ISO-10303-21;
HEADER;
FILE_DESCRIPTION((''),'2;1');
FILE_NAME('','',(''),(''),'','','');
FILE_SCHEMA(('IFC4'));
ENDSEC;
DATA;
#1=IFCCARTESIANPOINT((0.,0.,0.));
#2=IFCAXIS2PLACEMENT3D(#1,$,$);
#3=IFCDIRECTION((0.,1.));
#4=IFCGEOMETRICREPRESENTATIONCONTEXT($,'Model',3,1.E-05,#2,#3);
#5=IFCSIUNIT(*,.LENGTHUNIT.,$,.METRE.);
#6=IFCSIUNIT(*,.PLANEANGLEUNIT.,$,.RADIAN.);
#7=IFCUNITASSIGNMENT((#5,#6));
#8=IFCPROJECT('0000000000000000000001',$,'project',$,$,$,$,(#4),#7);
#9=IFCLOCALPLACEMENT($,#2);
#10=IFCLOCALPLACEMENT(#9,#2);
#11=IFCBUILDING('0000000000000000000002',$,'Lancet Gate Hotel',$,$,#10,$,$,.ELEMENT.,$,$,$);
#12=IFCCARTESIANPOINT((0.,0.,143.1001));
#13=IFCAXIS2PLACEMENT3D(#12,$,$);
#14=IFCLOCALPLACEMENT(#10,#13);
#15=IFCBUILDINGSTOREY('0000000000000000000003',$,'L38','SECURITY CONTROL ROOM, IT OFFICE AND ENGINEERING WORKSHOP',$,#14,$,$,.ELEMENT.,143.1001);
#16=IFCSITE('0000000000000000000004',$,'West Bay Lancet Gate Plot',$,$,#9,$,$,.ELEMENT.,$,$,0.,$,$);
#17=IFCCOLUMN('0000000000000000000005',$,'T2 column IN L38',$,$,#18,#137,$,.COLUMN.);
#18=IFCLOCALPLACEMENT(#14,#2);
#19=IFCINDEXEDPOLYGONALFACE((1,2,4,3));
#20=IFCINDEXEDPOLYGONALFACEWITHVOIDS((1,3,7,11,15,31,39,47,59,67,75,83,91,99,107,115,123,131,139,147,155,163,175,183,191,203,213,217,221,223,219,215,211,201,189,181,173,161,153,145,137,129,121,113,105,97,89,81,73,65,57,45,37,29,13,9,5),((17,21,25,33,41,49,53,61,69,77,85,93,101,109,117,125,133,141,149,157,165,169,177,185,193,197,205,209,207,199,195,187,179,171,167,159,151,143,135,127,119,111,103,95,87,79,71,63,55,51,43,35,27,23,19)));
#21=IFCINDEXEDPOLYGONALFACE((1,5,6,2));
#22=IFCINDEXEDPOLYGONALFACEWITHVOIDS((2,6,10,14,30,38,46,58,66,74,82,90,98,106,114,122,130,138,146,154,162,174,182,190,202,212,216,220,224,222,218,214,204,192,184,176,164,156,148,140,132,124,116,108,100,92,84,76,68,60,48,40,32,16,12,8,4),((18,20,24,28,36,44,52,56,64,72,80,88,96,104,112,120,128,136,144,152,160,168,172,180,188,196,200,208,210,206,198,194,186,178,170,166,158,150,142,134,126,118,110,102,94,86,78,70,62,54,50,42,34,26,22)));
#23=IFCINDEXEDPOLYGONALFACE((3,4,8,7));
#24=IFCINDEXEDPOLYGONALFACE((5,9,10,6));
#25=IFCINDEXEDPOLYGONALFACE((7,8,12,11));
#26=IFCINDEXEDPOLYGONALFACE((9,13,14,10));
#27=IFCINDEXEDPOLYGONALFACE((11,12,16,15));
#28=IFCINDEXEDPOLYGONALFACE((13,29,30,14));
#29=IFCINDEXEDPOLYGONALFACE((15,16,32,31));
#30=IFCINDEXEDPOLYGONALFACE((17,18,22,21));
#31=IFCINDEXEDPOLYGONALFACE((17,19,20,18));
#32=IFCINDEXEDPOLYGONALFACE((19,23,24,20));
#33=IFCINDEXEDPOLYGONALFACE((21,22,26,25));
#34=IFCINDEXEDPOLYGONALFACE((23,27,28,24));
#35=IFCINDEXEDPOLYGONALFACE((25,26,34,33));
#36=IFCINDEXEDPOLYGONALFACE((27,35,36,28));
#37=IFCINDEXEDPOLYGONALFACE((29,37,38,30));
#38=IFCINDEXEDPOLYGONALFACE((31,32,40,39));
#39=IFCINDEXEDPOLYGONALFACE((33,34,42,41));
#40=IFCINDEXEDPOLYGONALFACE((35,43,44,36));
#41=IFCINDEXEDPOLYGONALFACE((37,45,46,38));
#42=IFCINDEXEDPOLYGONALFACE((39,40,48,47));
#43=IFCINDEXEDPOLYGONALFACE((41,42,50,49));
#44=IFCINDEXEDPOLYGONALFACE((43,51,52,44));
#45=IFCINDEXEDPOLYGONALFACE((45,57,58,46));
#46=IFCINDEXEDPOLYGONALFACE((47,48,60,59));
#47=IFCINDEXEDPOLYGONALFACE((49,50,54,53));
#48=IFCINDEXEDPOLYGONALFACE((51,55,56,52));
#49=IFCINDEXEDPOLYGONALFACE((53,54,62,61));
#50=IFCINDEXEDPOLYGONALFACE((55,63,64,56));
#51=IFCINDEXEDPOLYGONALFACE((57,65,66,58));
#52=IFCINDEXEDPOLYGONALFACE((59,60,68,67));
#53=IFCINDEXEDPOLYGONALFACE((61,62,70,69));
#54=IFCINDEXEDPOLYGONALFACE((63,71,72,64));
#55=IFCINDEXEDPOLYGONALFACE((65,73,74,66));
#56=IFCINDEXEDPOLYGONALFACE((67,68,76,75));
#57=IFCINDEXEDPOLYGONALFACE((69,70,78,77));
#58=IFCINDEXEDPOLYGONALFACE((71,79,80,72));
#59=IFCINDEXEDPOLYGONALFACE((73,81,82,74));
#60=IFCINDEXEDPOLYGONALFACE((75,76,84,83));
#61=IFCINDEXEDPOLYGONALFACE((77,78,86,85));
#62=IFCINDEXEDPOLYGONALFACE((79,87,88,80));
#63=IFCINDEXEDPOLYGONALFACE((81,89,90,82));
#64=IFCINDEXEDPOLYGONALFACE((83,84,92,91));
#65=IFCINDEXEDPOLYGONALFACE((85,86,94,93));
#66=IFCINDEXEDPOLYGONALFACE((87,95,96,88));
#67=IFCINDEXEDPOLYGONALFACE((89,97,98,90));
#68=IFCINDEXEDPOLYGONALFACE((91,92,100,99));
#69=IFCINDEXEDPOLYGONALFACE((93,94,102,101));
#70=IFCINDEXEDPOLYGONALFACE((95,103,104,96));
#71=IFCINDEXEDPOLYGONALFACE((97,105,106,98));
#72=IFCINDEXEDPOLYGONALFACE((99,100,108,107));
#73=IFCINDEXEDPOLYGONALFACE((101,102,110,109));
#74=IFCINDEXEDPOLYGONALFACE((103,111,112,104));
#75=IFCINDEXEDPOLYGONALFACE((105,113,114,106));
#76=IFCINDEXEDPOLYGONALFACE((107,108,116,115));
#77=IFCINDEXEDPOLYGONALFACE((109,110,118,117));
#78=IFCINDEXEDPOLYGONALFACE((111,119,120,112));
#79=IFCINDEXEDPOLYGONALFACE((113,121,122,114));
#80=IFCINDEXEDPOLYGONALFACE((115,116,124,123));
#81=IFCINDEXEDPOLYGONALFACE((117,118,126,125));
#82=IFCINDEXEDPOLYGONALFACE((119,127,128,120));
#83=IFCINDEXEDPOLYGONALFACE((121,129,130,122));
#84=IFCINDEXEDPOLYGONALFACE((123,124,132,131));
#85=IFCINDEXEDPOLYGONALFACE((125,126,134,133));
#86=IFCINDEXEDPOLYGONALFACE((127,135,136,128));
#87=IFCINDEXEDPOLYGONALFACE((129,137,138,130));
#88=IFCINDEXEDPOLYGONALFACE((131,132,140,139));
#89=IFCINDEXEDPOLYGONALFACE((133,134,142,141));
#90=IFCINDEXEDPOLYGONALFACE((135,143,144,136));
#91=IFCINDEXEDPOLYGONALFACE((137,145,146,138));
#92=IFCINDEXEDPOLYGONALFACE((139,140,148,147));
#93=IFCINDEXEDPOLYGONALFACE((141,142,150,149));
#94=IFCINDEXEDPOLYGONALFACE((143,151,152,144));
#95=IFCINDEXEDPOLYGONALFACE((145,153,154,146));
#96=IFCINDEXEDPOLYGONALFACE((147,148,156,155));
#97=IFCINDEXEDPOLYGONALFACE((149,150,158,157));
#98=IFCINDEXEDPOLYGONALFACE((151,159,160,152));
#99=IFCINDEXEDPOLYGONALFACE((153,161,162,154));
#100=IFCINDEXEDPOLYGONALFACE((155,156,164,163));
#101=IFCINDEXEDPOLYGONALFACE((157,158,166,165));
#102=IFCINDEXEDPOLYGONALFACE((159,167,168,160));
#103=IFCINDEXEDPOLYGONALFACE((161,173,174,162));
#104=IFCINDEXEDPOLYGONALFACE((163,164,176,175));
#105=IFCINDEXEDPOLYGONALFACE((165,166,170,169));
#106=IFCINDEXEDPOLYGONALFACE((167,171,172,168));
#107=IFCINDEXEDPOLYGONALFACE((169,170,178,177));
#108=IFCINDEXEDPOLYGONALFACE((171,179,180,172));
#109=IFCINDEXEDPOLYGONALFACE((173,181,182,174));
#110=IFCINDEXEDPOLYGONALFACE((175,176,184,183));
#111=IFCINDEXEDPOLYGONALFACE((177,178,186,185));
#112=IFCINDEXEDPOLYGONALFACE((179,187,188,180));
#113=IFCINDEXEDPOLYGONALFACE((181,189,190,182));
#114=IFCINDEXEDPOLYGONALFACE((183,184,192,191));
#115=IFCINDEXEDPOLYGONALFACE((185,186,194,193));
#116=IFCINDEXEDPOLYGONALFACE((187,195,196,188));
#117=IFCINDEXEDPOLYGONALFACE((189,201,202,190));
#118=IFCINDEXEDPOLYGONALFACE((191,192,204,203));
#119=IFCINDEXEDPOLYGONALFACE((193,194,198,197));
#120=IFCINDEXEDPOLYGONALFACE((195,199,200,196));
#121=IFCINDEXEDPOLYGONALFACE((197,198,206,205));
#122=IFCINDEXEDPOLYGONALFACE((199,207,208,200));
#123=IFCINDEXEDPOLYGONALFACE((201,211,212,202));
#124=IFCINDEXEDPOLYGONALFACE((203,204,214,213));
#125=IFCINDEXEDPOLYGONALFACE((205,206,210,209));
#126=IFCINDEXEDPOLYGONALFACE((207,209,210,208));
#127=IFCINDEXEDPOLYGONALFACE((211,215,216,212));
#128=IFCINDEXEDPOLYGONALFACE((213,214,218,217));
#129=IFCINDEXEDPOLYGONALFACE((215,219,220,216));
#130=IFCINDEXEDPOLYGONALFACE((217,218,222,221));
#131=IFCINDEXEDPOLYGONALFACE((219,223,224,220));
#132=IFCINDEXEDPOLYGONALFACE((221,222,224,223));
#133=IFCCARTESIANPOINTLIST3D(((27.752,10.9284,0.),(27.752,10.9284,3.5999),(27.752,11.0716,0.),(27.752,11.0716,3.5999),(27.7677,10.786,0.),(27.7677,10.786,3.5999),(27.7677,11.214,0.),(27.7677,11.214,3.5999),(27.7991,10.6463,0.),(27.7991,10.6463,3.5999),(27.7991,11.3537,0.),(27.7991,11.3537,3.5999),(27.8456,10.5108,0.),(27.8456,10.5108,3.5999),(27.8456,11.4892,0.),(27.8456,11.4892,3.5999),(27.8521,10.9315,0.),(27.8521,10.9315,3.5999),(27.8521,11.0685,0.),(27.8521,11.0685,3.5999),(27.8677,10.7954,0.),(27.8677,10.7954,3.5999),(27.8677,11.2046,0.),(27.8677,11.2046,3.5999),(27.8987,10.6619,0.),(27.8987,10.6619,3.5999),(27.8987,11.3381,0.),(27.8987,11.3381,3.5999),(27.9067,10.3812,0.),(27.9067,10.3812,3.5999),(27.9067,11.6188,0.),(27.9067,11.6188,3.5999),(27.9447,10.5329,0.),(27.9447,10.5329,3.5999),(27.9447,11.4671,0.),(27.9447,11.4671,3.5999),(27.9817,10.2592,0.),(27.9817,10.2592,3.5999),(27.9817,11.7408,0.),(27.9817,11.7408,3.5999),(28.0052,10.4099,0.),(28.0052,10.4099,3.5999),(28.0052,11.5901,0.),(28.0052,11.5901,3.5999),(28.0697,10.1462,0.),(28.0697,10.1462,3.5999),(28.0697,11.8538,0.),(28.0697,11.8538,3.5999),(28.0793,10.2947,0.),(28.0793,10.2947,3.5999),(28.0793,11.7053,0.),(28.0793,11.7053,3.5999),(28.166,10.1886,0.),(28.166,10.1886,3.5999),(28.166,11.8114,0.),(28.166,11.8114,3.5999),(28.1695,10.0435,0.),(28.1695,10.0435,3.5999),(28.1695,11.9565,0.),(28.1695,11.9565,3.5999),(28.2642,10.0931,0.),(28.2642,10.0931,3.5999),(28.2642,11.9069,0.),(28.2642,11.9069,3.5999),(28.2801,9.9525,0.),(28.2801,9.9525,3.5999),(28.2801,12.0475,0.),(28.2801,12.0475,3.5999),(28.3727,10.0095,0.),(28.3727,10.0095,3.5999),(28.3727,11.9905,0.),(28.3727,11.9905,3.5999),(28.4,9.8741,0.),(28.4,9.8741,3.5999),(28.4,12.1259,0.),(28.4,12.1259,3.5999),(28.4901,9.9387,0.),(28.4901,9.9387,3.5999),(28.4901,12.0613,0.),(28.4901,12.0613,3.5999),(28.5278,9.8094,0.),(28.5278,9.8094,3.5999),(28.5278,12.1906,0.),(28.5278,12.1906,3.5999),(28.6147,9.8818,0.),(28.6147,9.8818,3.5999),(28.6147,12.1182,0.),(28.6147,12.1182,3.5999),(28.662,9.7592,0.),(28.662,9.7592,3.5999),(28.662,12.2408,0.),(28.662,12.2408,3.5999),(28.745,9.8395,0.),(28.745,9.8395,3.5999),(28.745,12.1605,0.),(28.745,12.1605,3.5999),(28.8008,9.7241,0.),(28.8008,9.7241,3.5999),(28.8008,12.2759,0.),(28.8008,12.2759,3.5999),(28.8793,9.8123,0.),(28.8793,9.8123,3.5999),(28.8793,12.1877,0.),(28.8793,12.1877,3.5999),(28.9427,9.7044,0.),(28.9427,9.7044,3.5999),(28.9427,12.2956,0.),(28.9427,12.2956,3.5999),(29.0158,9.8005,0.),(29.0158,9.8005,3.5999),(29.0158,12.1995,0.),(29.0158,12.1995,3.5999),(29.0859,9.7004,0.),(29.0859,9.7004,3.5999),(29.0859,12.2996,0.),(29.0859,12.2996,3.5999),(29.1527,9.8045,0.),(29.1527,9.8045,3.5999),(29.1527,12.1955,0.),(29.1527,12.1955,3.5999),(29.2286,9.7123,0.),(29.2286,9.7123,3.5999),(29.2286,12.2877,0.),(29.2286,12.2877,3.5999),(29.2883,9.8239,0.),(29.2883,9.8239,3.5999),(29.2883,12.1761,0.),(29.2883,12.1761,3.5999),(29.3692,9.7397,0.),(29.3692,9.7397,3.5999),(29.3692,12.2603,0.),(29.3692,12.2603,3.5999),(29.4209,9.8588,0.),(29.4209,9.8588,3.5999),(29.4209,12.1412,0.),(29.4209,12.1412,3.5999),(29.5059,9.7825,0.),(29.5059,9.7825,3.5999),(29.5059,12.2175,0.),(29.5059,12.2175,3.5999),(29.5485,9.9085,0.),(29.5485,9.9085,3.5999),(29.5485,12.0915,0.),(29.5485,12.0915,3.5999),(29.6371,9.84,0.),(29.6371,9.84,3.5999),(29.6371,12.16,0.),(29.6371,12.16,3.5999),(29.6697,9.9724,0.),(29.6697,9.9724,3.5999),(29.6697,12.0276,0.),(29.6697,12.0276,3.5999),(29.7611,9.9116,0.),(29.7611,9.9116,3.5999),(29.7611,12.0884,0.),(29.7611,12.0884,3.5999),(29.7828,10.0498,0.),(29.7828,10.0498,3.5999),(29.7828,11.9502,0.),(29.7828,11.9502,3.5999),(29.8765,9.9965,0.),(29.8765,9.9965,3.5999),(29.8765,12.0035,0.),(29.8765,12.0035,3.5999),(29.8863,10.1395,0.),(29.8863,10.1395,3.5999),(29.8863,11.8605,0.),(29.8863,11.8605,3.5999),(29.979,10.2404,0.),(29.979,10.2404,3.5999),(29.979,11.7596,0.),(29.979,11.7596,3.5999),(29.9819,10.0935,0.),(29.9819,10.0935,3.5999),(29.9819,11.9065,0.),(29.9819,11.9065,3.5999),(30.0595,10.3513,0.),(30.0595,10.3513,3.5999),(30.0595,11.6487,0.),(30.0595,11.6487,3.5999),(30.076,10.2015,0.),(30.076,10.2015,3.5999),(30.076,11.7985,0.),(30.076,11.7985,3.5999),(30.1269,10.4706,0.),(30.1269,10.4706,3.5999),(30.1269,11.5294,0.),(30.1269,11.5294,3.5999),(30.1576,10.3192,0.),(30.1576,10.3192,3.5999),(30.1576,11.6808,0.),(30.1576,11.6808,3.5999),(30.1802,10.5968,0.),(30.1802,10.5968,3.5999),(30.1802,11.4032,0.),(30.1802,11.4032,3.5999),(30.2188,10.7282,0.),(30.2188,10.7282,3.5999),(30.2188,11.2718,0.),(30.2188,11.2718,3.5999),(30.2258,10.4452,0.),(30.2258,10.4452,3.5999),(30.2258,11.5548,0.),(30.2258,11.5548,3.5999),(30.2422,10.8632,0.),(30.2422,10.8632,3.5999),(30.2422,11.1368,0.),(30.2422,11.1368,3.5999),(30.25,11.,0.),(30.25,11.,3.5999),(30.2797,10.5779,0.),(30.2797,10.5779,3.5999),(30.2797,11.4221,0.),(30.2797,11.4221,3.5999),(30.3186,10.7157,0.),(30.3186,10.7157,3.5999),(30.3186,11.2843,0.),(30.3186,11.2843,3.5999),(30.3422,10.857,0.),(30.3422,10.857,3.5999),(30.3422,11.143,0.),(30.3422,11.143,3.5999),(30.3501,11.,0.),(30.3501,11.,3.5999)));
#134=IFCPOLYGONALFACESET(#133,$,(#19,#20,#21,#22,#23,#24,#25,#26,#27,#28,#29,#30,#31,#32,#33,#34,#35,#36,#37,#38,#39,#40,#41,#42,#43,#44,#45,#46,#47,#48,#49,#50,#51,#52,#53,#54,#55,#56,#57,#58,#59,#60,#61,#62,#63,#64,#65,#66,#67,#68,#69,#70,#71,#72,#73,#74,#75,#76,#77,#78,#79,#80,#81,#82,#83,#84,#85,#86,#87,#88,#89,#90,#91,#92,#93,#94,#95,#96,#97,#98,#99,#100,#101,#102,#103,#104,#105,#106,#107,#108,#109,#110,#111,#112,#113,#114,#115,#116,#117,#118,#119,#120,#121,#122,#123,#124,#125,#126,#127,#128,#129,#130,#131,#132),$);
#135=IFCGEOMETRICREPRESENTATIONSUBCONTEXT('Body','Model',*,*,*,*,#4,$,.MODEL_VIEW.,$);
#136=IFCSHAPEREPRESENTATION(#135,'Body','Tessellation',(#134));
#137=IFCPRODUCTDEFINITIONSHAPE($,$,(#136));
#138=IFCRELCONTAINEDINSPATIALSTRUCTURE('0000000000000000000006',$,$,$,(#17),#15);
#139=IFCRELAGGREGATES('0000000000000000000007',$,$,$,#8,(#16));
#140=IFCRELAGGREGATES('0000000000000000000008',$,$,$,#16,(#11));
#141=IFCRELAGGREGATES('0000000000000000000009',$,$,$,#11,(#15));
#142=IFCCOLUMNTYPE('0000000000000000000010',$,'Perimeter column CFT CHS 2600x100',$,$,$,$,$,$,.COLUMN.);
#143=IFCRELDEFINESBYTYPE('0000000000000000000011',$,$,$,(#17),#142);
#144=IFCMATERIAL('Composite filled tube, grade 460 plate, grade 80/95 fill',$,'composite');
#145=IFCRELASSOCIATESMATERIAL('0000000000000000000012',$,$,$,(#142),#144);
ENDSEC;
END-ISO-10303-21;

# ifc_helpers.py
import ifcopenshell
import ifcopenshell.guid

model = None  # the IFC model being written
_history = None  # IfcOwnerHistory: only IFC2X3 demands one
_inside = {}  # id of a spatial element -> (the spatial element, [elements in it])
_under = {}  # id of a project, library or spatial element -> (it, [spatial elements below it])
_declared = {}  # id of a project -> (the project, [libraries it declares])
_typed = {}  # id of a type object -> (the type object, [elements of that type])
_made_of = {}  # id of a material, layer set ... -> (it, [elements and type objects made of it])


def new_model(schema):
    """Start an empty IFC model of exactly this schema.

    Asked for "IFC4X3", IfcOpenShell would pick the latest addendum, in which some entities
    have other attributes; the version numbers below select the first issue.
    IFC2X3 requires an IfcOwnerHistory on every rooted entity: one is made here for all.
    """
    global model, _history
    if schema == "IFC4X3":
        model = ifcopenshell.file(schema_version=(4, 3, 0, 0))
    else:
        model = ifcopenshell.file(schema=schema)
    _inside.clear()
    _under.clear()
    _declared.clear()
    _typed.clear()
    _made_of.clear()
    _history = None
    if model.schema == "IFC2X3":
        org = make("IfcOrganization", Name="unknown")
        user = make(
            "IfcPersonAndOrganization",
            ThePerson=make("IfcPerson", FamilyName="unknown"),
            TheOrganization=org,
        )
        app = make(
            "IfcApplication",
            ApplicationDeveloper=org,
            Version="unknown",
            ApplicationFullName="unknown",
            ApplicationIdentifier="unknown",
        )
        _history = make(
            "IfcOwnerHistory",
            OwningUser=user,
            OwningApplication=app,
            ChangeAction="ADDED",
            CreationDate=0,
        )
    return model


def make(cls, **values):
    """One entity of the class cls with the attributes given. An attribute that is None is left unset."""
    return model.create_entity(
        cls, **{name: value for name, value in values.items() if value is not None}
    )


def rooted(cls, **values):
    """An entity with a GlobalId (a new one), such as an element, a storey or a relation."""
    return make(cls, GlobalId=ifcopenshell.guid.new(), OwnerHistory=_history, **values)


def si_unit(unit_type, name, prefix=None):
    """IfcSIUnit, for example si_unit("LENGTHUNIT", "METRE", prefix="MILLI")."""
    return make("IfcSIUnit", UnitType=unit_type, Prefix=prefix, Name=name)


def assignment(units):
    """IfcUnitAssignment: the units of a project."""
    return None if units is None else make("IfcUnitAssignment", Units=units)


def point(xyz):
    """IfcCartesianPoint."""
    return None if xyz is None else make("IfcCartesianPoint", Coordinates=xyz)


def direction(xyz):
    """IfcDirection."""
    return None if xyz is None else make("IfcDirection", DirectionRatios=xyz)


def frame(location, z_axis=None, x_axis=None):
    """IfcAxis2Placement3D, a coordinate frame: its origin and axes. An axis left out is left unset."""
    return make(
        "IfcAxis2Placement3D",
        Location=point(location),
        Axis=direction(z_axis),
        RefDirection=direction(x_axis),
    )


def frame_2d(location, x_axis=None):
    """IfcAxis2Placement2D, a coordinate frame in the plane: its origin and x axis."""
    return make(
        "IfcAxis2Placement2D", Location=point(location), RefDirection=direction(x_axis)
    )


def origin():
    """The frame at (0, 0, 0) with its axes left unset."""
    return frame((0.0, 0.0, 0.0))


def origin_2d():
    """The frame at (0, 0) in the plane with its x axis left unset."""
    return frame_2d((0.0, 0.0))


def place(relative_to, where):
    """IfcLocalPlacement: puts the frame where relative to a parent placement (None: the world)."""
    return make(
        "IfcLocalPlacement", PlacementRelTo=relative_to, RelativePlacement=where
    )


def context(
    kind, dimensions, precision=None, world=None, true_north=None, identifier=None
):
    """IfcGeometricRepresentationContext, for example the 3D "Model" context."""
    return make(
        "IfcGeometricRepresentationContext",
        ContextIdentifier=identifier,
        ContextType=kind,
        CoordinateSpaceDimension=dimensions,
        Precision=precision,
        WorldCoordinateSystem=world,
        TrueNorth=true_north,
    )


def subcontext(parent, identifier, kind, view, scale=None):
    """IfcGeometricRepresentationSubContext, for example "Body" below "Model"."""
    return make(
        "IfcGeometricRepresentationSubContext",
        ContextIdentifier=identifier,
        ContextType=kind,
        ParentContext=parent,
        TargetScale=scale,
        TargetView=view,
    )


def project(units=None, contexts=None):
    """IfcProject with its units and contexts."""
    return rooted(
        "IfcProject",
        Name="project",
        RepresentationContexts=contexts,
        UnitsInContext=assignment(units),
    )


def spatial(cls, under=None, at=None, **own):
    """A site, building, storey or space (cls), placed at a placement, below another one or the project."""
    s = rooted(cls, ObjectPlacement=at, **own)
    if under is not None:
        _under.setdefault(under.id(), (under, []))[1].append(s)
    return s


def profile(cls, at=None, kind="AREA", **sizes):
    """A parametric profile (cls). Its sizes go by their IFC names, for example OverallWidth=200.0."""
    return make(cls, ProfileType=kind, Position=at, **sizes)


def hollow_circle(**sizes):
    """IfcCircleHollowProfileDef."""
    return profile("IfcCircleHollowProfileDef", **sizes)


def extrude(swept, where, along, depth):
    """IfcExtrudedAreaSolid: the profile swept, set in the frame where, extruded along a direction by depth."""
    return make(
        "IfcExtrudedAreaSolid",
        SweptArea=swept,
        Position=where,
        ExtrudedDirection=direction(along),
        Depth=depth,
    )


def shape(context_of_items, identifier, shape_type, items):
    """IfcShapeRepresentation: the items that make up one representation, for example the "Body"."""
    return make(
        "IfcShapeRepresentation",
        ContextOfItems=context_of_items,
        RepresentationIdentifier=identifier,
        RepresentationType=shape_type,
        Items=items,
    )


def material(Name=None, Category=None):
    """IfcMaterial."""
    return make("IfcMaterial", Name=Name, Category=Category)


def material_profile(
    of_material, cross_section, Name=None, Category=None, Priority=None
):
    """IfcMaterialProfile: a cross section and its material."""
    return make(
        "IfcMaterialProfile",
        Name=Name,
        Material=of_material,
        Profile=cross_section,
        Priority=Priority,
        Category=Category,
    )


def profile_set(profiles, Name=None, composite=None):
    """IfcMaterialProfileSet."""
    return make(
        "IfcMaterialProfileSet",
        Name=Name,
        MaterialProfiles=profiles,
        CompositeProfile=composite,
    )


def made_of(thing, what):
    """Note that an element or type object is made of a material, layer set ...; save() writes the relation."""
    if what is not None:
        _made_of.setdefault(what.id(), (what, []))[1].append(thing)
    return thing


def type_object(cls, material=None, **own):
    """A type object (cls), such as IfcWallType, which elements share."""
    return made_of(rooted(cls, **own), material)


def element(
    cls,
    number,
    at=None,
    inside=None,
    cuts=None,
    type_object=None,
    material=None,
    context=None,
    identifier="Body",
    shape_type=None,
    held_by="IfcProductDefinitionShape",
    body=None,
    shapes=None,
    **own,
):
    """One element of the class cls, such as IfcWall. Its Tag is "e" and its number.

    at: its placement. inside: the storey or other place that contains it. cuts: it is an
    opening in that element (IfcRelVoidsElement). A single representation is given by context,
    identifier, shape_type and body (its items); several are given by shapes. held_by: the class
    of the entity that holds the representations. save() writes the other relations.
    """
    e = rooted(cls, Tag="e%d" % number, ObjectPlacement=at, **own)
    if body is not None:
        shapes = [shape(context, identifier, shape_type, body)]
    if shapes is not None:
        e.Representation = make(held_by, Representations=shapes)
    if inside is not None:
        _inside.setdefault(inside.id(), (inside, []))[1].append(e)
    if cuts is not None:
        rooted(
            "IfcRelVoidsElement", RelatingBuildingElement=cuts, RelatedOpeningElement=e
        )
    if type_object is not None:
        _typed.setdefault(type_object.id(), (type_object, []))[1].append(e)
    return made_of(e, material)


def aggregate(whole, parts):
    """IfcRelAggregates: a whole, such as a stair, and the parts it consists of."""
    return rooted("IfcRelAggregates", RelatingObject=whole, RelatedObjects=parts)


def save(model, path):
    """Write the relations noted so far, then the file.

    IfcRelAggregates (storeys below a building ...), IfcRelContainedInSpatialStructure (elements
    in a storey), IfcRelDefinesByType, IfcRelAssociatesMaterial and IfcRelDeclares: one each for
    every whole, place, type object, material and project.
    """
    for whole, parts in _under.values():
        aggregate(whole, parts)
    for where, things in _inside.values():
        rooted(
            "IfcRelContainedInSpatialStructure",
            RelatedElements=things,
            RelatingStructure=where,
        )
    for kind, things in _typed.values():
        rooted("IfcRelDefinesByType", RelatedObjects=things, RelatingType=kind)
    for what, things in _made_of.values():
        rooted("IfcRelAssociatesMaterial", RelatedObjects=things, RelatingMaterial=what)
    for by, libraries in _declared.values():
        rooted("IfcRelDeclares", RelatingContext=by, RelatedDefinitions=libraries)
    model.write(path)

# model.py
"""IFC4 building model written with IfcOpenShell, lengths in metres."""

from ifc_helpers import new_model, si_unit, direction, frame, origin, origin_2d, place, context, subcontext, project, spatial, hollow_circle, extrude, material, material_profile, profile_set, type_object, element, save


model = new_model("IFC4")

# Units and contexts
model_context = context("Model", 3, precision=1e-05, world=origin(), true_north=direction((0.0, 1.0)))
body_context = subcontext(model_context, "Body", "Model", "MODEL_VIEW")
ifc_project = project(units=[si_unit("LENGTHUNIT", "METRE"), si_unit("PLANEANGLEUNIT", "RADIAN")], contexts=[model_context])

# Site, building, storey
site_placement = place(None, origin())
site = spatial("IfcSite", under=ifc_project, at=site_placement, Name="West Bay Lancet Gate Plot", CompositionType="ELEMENT", RefElevation=0.0)
building_placement = place(site_placement, origin())
building = spatial("IfcBuilding", under=site, at=building_placement, Name="Lancet Gate Hotel", CompositionType="ELEMENT")
storey_placement = place(building_placement, frame((0.0, 0.0, 143.1001)))
storey = spatial("IfcBuildingStorey", under=building, at=storey_placement, Name="L38", Description="SECURITY CONTROL ROOM, IT OFFICE AND ENGINEERING WORKSHOP", CompositionType="ELEMENT", Elevation=143.1001)

# Column
ifc_material_1 = material(Name="Composite filled tube, grade 460 plate, grade 80/95 fill", Category="composite")
ifc_material_profile_1 = material_profile(ifc_material_1, hollow_circle(Radius=1.3, WallThickness=0.1001, at=origin_2d()), Name="CHS 2600x100")
ifc_profile_set_1 = profile_set([ifc_material_profile_1], Name="Composite filled tube, grade 460 plate, grade 80/95 fill")
column_type = type_object("IfcColumnType", Name="Perimeter column CFT CHS 2600x100", PredefinedType="COLUMN", material=ifc_profile_set_1)
for number, where, z_axis, x_axis, name in (
    (1, (29.05, 11.0, 0.0), (0.0, 0.0, 1.0), (1.0, 0.0, 0.0), "T2 column IN L38"),
):
    element("IfcColumn", number, at=place(storey_placement, frame(where, z_axis=z_axis, x_axis=x_axis)), inside=storey, type_object=column_type, Name=name, PredefinedType="COLUMN", context=body_context, shape_type="SweptSolid", body=[
        extrude(hollow_circle(Radius=1.3, WallThickness=0.1001, at=origin_2d()), origin(), (0.0, 0.0, 1.0), 3.5999),
    ])

save(model, "model.ifc")
